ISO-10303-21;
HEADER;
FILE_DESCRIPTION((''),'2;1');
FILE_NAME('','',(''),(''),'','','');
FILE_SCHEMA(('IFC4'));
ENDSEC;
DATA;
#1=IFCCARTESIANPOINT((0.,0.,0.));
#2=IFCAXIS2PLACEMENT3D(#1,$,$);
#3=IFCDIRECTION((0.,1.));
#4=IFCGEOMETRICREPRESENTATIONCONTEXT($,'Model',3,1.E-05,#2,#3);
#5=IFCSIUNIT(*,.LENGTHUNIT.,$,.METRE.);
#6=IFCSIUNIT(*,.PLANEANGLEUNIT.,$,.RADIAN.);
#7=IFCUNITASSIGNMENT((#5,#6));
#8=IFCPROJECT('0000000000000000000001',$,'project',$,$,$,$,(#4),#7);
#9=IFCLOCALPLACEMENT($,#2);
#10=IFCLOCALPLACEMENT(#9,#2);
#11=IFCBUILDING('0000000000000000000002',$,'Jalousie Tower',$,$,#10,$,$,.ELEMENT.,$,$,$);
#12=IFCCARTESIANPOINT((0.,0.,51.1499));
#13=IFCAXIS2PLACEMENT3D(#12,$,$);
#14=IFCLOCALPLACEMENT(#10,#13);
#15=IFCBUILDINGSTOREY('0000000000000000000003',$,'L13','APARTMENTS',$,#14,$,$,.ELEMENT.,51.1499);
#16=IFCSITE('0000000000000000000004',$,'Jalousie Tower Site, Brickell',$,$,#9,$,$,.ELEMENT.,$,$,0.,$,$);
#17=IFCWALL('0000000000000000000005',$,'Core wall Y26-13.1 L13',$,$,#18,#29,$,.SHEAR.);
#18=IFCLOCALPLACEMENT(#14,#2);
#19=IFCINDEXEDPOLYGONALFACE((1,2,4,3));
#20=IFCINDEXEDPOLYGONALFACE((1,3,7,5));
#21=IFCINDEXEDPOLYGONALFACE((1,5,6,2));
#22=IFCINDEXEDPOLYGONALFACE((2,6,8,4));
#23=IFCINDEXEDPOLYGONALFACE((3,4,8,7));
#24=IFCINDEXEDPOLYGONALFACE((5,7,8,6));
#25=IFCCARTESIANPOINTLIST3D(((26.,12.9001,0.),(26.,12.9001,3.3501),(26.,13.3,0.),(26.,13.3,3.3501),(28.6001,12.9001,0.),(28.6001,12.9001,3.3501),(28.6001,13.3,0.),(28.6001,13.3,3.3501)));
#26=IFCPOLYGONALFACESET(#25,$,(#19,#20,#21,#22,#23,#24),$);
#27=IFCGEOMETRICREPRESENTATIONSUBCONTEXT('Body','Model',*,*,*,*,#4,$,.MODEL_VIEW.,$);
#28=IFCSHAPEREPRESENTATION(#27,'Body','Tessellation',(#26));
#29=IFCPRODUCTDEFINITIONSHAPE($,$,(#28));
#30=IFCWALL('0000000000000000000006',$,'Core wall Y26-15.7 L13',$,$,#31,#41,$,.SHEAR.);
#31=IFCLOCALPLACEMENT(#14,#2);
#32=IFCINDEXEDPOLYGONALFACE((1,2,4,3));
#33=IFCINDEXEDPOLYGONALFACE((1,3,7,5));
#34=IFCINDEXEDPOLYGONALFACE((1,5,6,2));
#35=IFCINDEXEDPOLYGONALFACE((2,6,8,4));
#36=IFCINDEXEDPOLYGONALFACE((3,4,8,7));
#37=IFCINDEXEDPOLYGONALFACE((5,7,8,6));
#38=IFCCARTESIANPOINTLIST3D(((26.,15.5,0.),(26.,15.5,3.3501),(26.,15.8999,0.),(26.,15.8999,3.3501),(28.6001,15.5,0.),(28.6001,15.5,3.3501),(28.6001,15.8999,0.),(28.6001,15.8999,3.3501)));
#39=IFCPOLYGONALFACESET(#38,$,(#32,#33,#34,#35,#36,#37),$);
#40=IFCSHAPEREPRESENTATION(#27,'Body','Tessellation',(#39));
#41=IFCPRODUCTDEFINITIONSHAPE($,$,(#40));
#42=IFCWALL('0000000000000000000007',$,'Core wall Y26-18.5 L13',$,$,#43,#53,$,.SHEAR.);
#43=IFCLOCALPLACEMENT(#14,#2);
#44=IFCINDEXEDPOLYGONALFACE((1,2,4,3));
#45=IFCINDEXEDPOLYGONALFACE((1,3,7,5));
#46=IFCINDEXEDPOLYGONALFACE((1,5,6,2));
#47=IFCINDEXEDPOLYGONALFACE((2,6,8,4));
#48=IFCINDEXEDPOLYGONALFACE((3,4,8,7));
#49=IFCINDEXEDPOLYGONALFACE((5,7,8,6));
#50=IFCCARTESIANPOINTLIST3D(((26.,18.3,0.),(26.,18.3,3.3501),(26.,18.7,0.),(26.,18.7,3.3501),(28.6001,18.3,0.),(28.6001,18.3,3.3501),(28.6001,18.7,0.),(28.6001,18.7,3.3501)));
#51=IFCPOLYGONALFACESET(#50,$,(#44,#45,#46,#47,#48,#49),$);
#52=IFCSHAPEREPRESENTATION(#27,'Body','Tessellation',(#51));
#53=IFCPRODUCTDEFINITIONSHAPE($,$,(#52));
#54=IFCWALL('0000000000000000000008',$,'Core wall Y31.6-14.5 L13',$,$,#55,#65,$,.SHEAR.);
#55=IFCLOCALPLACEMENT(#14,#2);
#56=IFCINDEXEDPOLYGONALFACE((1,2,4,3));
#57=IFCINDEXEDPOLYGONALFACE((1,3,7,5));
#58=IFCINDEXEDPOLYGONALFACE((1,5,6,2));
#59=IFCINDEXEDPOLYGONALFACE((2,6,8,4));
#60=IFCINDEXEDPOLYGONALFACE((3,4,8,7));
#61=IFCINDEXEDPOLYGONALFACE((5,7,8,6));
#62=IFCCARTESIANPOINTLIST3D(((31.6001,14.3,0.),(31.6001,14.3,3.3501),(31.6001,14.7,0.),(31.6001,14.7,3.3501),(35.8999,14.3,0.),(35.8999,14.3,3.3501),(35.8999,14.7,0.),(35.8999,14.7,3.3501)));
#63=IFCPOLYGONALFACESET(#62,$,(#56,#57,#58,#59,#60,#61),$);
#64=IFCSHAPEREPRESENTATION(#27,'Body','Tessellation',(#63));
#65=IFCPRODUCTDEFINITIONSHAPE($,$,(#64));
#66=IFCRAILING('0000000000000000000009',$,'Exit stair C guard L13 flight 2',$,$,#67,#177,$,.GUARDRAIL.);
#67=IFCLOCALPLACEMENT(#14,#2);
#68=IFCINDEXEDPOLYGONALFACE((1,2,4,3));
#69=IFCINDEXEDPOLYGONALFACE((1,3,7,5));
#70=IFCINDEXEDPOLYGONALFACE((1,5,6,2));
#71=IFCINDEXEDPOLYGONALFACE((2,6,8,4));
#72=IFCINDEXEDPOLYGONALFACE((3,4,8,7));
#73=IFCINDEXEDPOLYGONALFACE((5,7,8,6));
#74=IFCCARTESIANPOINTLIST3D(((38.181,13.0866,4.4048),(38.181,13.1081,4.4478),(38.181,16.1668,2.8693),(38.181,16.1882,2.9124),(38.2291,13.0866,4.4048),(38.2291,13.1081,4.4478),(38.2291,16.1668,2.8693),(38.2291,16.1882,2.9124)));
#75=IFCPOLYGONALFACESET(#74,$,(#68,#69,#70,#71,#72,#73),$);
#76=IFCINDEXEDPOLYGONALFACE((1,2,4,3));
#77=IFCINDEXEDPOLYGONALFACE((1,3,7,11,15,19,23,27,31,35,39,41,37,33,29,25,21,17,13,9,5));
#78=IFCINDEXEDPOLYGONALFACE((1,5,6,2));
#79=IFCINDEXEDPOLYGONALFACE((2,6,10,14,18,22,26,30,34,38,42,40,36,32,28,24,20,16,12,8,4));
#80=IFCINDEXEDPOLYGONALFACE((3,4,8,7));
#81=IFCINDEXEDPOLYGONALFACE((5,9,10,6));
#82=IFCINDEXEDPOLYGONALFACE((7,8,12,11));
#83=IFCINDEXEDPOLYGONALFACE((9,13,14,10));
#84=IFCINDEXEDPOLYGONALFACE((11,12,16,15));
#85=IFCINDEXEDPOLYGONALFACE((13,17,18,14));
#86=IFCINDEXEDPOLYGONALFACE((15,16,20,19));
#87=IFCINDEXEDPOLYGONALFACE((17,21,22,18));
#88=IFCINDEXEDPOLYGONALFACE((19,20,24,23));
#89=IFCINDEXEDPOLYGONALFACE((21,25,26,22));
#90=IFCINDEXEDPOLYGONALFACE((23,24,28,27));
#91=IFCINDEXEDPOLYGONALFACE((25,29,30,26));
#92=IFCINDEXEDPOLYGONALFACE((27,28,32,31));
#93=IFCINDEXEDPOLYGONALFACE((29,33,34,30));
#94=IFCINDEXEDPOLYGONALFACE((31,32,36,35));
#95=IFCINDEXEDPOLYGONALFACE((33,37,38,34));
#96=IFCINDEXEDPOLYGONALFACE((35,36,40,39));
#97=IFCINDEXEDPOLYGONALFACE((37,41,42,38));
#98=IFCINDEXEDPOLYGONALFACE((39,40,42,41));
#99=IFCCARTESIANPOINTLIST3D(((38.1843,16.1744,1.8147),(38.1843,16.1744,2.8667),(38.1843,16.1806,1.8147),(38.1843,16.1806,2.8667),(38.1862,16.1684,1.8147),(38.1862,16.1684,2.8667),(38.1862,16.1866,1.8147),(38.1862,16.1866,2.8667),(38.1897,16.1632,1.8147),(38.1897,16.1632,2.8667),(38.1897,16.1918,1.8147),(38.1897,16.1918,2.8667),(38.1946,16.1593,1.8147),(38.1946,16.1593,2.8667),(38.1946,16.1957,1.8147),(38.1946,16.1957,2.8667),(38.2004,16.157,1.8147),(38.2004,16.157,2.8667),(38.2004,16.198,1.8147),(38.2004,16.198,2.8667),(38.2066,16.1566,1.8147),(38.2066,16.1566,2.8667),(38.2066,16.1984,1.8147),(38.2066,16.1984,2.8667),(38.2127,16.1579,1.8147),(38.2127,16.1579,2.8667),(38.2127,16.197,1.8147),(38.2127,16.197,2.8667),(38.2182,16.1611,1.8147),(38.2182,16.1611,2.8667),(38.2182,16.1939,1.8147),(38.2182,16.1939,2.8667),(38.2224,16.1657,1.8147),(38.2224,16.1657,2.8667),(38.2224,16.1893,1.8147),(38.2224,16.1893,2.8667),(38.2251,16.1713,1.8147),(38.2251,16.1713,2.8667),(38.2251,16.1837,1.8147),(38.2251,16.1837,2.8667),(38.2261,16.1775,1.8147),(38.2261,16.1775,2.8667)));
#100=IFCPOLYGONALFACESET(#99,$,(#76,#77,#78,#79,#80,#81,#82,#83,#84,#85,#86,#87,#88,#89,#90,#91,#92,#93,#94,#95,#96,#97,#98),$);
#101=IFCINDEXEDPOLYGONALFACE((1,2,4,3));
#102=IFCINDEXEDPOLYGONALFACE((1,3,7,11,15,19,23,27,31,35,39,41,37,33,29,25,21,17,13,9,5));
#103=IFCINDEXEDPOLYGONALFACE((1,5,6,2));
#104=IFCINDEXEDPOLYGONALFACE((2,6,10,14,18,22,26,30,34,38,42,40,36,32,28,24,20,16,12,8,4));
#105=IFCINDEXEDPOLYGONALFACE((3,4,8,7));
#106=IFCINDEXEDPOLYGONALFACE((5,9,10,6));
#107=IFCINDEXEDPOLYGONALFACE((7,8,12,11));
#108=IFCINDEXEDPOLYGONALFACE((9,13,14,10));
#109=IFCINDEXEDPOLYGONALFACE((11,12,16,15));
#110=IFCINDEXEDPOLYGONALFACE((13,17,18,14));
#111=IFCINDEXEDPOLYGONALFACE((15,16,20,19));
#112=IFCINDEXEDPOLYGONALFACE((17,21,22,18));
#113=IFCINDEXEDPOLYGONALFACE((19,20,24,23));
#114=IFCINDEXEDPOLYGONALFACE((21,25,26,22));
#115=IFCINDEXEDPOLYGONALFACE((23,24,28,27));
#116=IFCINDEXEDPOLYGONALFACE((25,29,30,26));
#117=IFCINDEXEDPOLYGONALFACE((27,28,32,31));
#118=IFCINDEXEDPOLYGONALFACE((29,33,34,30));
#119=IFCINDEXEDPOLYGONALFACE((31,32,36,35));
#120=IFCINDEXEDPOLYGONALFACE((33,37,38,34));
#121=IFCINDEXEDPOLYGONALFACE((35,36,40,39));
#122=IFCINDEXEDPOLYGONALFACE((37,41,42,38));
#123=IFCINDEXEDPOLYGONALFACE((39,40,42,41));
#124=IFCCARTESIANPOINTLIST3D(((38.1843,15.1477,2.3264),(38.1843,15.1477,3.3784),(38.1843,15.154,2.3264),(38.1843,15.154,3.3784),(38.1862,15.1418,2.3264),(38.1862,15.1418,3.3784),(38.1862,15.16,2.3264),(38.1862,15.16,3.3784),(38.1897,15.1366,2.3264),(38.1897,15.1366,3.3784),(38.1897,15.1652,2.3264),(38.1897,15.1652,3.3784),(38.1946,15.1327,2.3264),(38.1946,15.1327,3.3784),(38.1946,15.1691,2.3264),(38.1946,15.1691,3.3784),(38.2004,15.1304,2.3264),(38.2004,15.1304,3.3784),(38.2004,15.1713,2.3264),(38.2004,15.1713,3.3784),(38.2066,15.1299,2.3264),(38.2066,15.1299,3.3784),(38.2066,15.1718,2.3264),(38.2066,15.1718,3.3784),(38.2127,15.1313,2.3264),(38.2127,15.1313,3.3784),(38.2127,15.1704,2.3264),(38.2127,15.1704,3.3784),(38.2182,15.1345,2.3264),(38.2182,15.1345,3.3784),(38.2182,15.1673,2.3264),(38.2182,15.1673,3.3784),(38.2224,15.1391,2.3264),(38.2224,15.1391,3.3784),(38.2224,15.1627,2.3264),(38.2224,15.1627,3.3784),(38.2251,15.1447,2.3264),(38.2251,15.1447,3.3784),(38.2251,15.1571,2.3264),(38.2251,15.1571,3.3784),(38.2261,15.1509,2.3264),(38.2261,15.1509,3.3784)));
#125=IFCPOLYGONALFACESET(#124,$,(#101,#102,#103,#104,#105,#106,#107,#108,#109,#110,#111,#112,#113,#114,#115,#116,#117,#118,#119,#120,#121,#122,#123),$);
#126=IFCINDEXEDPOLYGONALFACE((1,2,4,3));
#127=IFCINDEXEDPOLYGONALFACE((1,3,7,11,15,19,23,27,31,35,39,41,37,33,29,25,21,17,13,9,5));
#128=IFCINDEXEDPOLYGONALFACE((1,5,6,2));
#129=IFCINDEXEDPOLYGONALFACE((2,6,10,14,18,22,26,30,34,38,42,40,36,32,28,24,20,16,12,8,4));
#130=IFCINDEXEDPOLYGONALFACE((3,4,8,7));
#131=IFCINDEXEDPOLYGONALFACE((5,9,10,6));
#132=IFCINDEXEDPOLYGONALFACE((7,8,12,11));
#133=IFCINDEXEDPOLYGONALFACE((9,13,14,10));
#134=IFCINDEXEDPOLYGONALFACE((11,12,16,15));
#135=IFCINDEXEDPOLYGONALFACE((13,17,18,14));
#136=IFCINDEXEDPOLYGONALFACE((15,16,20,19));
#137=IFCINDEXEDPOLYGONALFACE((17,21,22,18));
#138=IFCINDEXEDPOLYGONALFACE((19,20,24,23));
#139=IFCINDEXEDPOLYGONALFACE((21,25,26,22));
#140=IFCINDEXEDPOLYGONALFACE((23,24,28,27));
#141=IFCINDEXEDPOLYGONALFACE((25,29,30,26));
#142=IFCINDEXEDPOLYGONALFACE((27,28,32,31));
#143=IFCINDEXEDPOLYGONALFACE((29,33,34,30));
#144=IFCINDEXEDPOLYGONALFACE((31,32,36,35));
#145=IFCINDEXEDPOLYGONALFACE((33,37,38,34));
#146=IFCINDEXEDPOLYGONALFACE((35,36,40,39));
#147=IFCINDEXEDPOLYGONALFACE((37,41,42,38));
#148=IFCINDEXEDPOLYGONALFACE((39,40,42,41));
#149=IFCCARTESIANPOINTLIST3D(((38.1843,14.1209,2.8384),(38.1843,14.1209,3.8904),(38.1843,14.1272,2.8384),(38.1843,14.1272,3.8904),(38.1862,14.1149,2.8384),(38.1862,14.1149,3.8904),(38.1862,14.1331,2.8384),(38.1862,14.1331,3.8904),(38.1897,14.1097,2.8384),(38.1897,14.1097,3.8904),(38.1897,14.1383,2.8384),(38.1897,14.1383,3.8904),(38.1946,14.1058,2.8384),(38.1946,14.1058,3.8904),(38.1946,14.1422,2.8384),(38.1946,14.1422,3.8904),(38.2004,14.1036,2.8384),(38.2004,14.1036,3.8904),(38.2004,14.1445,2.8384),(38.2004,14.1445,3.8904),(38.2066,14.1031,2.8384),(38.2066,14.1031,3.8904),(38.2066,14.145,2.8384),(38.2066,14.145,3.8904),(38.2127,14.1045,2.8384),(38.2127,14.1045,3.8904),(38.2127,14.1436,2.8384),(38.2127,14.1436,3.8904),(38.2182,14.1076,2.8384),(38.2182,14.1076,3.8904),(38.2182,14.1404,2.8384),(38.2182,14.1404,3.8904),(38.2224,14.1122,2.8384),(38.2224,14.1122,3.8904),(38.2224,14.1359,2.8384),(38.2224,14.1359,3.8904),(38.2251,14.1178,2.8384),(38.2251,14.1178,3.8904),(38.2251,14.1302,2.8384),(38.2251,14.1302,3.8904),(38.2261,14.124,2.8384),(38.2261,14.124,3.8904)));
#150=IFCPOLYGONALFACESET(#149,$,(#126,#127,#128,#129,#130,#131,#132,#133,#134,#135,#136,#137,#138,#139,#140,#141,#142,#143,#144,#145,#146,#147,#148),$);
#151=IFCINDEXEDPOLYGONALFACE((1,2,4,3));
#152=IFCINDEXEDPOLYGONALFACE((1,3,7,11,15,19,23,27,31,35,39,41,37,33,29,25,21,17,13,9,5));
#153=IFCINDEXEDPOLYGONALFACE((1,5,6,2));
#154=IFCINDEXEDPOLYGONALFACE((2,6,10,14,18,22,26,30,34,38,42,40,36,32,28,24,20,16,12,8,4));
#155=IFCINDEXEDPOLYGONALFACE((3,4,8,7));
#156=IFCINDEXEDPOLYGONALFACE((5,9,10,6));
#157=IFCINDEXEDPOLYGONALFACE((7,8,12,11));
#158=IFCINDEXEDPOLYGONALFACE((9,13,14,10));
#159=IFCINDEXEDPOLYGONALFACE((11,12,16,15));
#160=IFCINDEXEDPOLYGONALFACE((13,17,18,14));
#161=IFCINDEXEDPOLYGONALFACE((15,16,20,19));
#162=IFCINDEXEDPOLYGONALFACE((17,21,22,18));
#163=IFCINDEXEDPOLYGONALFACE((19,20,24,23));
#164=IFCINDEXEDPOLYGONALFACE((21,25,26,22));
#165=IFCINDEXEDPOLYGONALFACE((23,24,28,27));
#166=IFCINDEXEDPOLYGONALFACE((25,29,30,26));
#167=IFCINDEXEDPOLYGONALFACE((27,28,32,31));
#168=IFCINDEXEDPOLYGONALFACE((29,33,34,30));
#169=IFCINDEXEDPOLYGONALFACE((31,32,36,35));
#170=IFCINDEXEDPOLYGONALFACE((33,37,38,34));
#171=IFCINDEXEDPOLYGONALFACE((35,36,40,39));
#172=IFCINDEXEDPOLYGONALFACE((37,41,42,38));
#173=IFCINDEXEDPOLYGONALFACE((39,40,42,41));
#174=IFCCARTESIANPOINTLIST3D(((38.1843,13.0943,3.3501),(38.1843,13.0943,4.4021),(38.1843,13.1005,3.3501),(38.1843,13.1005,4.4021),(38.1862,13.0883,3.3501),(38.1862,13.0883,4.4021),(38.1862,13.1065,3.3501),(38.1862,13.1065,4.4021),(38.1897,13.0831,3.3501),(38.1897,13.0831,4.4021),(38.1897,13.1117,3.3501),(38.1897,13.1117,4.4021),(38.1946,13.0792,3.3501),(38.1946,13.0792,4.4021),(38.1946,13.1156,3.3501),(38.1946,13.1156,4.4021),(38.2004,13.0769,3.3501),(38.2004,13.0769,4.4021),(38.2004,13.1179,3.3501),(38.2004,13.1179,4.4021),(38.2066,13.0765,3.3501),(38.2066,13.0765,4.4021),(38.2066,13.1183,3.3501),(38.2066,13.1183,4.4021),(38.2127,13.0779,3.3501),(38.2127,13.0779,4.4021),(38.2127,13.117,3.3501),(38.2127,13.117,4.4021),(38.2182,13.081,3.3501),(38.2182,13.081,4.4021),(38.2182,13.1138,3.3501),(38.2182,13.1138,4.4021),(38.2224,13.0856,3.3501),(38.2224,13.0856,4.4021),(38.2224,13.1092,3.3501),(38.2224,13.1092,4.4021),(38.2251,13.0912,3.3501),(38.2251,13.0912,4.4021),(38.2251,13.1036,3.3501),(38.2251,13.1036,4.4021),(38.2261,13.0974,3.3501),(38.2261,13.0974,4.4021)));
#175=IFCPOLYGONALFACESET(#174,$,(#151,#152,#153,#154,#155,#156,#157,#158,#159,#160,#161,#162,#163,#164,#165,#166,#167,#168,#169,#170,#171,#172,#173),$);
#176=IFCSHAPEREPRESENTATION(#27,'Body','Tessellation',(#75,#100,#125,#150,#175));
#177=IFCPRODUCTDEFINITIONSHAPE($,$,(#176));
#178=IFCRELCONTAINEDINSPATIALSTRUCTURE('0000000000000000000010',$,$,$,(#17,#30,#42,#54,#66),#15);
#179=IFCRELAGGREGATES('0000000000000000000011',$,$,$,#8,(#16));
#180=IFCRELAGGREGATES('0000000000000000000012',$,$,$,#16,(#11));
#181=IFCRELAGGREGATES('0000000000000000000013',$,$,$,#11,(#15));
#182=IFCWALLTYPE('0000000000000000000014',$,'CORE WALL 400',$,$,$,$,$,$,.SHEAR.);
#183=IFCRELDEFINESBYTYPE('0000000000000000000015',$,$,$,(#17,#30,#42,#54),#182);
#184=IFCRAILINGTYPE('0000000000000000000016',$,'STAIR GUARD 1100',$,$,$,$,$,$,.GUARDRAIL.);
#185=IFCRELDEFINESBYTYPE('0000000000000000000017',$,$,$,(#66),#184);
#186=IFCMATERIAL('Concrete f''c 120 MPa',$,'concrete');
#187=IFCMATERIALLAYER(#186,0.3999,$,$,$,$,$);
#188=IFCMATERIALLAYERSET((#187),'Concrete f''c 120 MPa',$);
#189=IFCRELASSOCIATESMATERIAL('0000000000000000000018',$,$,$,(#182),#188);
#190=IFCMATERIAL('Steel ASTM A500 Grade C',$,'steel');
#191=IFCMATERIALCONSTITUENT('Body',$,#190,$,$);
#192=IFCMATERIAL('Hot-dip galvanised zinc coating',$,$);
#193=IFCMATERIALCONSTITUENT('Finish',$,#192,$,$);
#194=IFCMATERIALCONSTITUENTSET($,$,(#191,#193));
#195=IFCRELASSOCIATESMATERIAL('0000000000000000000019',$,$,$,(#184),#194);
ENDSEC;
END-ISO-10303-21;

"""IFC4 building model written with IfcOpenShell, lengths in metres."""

from ifc_helpers import new_model, si_unit, direction, frame, frame_2d, origin, origin_2d, place, context, subcontext, project, spatial, rectangle, circle, extrude, material, layer, layer_set, constituent, constituent_set, type_object, element, save


model = new_model("IFC4")

# Units and contexts
model_context = context("Model", 3, precision=1e-05, world=origin(), true_north=direction((0.0, 1.0)))
body_context = subcontext(model_context, "Body", "Model", "MODEL_VIEW")
ifc_project = project(units=[si_unit("LENGTHUNIT", "METRE"), si_unit("PLANEANGLEUNIT", "RADIAN")], contexts=[model_context])

# Site, building, storey
site_placement = place(None, origin())
site = spatial("IfcSite", under=ifc_project, at=site_placement, Name="Jalousie Tower Site, Brickell", CompositionType="ELEMENT", RefElevation=0.0)
building_placement = place(site_placement, origin())
building = spatial("IfcBuilding", under=site, at=building_placement, Name="Jalousie Tower", CompositionType="ELEMENT")
storey_placement = place(building_placement, frame((0.0, 0.0, 51.1499)))
storey = spatial("IfcBuildingStorey", under=building, at=storey_placement, Name="L13", Description="APARTMENTS", CompositionType="ELEMENT", Elevation=51.1499)

# Shared definitions
ifc_material_1 = material(Name="Concrete f'c 120 MPa", Category="concrete")
ifc_layer = layer(ifc_material_1, 0.3999)
ifc_layer_set = layer_set([ifc_layer], Name="Concrete f'c 120 MPa")
wall_type = type_object("IfcWallType", Name="CORE WALL 400", PredefinedType="SHEAR", material=ifc_layer_set)

# Walls
for number, where, z_axis, x_axis, name in (
    (1, (26.0, 13.1001, 0.0), (0.0, 0.0, 1.0), (1.0, 0.0, 0.0), "Core wall Y26-13.1 L13"),
    (2, (26.0, 15.7, 0.0), (0.0, 0.0, 1.0), (1.0, 0.0, 0.0), "Core wall Y26-15.7 L13"),
    (3, (26.0, 18.5, 0.0), (0.0, 0.0, 1.0), (1.0, 0.0, 0.0), "Core wall Y26-18.5 L13"),
):
    element("IfcWall", number, at=place(storey_placement, frame(where, z_axis=z_axis, x_axis=x_axis)), inside=storey, type_object=wall_type, Name=name, PredefinedType="SHEAR", context=body_context, shape_type="SweptSolid", body=[
        extrude(rectangle(XDim=2.6001, YDim=0.3999, at=frame_2d((1.3, 0.0))), origin(), (0.0, 0.0, 1.0), 3.3501),
    ])
wall_1_placement = place(storey_placement, frame((31.6001, 14.5, 0.0), z_axis=(0.0, 0.0, 1.0), x_axis=(1.0, 0.0, 0.0)))
element("IfcWall", 4, at=wall_1_placement, inside=storey, type_object=wall_type, Name="Core wall Y31.6-14.5 L13", PredefinedType="SHEAR", context=body_context, shape_type="SweptSolid", body=[
    extrude(rectangle(XDim=4.2998, YDim=0.3999, at=frame_2d((2.1499, 0.0))), origin(), (0.0, 0.0, 1.0), 3.3501),
])

# Railing
ifc_material_2 = material(Name="Steel ASTM A500 Grade C", Category="steel")
ifc_constituent_1 = constituent(ifc_material_2, Name="Body")
ifc_material_3 = material(Name="Hot-dip galvanised zinc coating")
ifc_constituent_2 = constituent(ifc_material_3, Name="Finish")
ifc_constituent_set = constituent_set(constituents=[ifc_constituent_1, ifc_constituent_2])
railing_type = type_object("IfcRailingType", Name="STAIR GUARD 1100", PredefinedType="GUARDRAIL", material=ifc_constituent_set)
railing_placement = place(storey_placement, frame((38.2051, 16.1775, 1.8147)))
element("IfcRailing", 5, at=railing_placement, inside=storey, type_object=railing_type, Name="Exit stair C guard L13 flight 2", PredefinedType="GUARDRAIL", context=body_context, shape_type="SweptSolid", body=[
    extrude(rectangle(XDim=0.0481, YDim=0.0481, at=origin_2d()), frame((0.0, 0.0, 1.0762), z_axis=(0.0, -0.894966, 0.446135), x_axis=(1.0, 0.0, 0.0)), (0.0, 0.0, 1.0), 3.4417),
    extrude(circle(Radius=0.021, at=origin_2d()), origin(), (0.0, 0.0, 1.0), 1.052),
    extrude(circle(Radius=0.021, at=origin_2d()), frame((0.0, -1.0266, 0.5117)), (0.0, 0.0, 1.0), 1.052),
    extrude(circle(Radius=0.021, at=origin_2d()), frame((0.0, -2.0535, 1.0237)), (0.0, 0.0, 1.0), 1.052),
    extrude(circle(Radius=0.021, at=origin_2d()), frame((0.0, -3.0801, 1.5354)), (0.0, 0.0, 1.0), 1.052),
])

save(model, "model.ifc")
